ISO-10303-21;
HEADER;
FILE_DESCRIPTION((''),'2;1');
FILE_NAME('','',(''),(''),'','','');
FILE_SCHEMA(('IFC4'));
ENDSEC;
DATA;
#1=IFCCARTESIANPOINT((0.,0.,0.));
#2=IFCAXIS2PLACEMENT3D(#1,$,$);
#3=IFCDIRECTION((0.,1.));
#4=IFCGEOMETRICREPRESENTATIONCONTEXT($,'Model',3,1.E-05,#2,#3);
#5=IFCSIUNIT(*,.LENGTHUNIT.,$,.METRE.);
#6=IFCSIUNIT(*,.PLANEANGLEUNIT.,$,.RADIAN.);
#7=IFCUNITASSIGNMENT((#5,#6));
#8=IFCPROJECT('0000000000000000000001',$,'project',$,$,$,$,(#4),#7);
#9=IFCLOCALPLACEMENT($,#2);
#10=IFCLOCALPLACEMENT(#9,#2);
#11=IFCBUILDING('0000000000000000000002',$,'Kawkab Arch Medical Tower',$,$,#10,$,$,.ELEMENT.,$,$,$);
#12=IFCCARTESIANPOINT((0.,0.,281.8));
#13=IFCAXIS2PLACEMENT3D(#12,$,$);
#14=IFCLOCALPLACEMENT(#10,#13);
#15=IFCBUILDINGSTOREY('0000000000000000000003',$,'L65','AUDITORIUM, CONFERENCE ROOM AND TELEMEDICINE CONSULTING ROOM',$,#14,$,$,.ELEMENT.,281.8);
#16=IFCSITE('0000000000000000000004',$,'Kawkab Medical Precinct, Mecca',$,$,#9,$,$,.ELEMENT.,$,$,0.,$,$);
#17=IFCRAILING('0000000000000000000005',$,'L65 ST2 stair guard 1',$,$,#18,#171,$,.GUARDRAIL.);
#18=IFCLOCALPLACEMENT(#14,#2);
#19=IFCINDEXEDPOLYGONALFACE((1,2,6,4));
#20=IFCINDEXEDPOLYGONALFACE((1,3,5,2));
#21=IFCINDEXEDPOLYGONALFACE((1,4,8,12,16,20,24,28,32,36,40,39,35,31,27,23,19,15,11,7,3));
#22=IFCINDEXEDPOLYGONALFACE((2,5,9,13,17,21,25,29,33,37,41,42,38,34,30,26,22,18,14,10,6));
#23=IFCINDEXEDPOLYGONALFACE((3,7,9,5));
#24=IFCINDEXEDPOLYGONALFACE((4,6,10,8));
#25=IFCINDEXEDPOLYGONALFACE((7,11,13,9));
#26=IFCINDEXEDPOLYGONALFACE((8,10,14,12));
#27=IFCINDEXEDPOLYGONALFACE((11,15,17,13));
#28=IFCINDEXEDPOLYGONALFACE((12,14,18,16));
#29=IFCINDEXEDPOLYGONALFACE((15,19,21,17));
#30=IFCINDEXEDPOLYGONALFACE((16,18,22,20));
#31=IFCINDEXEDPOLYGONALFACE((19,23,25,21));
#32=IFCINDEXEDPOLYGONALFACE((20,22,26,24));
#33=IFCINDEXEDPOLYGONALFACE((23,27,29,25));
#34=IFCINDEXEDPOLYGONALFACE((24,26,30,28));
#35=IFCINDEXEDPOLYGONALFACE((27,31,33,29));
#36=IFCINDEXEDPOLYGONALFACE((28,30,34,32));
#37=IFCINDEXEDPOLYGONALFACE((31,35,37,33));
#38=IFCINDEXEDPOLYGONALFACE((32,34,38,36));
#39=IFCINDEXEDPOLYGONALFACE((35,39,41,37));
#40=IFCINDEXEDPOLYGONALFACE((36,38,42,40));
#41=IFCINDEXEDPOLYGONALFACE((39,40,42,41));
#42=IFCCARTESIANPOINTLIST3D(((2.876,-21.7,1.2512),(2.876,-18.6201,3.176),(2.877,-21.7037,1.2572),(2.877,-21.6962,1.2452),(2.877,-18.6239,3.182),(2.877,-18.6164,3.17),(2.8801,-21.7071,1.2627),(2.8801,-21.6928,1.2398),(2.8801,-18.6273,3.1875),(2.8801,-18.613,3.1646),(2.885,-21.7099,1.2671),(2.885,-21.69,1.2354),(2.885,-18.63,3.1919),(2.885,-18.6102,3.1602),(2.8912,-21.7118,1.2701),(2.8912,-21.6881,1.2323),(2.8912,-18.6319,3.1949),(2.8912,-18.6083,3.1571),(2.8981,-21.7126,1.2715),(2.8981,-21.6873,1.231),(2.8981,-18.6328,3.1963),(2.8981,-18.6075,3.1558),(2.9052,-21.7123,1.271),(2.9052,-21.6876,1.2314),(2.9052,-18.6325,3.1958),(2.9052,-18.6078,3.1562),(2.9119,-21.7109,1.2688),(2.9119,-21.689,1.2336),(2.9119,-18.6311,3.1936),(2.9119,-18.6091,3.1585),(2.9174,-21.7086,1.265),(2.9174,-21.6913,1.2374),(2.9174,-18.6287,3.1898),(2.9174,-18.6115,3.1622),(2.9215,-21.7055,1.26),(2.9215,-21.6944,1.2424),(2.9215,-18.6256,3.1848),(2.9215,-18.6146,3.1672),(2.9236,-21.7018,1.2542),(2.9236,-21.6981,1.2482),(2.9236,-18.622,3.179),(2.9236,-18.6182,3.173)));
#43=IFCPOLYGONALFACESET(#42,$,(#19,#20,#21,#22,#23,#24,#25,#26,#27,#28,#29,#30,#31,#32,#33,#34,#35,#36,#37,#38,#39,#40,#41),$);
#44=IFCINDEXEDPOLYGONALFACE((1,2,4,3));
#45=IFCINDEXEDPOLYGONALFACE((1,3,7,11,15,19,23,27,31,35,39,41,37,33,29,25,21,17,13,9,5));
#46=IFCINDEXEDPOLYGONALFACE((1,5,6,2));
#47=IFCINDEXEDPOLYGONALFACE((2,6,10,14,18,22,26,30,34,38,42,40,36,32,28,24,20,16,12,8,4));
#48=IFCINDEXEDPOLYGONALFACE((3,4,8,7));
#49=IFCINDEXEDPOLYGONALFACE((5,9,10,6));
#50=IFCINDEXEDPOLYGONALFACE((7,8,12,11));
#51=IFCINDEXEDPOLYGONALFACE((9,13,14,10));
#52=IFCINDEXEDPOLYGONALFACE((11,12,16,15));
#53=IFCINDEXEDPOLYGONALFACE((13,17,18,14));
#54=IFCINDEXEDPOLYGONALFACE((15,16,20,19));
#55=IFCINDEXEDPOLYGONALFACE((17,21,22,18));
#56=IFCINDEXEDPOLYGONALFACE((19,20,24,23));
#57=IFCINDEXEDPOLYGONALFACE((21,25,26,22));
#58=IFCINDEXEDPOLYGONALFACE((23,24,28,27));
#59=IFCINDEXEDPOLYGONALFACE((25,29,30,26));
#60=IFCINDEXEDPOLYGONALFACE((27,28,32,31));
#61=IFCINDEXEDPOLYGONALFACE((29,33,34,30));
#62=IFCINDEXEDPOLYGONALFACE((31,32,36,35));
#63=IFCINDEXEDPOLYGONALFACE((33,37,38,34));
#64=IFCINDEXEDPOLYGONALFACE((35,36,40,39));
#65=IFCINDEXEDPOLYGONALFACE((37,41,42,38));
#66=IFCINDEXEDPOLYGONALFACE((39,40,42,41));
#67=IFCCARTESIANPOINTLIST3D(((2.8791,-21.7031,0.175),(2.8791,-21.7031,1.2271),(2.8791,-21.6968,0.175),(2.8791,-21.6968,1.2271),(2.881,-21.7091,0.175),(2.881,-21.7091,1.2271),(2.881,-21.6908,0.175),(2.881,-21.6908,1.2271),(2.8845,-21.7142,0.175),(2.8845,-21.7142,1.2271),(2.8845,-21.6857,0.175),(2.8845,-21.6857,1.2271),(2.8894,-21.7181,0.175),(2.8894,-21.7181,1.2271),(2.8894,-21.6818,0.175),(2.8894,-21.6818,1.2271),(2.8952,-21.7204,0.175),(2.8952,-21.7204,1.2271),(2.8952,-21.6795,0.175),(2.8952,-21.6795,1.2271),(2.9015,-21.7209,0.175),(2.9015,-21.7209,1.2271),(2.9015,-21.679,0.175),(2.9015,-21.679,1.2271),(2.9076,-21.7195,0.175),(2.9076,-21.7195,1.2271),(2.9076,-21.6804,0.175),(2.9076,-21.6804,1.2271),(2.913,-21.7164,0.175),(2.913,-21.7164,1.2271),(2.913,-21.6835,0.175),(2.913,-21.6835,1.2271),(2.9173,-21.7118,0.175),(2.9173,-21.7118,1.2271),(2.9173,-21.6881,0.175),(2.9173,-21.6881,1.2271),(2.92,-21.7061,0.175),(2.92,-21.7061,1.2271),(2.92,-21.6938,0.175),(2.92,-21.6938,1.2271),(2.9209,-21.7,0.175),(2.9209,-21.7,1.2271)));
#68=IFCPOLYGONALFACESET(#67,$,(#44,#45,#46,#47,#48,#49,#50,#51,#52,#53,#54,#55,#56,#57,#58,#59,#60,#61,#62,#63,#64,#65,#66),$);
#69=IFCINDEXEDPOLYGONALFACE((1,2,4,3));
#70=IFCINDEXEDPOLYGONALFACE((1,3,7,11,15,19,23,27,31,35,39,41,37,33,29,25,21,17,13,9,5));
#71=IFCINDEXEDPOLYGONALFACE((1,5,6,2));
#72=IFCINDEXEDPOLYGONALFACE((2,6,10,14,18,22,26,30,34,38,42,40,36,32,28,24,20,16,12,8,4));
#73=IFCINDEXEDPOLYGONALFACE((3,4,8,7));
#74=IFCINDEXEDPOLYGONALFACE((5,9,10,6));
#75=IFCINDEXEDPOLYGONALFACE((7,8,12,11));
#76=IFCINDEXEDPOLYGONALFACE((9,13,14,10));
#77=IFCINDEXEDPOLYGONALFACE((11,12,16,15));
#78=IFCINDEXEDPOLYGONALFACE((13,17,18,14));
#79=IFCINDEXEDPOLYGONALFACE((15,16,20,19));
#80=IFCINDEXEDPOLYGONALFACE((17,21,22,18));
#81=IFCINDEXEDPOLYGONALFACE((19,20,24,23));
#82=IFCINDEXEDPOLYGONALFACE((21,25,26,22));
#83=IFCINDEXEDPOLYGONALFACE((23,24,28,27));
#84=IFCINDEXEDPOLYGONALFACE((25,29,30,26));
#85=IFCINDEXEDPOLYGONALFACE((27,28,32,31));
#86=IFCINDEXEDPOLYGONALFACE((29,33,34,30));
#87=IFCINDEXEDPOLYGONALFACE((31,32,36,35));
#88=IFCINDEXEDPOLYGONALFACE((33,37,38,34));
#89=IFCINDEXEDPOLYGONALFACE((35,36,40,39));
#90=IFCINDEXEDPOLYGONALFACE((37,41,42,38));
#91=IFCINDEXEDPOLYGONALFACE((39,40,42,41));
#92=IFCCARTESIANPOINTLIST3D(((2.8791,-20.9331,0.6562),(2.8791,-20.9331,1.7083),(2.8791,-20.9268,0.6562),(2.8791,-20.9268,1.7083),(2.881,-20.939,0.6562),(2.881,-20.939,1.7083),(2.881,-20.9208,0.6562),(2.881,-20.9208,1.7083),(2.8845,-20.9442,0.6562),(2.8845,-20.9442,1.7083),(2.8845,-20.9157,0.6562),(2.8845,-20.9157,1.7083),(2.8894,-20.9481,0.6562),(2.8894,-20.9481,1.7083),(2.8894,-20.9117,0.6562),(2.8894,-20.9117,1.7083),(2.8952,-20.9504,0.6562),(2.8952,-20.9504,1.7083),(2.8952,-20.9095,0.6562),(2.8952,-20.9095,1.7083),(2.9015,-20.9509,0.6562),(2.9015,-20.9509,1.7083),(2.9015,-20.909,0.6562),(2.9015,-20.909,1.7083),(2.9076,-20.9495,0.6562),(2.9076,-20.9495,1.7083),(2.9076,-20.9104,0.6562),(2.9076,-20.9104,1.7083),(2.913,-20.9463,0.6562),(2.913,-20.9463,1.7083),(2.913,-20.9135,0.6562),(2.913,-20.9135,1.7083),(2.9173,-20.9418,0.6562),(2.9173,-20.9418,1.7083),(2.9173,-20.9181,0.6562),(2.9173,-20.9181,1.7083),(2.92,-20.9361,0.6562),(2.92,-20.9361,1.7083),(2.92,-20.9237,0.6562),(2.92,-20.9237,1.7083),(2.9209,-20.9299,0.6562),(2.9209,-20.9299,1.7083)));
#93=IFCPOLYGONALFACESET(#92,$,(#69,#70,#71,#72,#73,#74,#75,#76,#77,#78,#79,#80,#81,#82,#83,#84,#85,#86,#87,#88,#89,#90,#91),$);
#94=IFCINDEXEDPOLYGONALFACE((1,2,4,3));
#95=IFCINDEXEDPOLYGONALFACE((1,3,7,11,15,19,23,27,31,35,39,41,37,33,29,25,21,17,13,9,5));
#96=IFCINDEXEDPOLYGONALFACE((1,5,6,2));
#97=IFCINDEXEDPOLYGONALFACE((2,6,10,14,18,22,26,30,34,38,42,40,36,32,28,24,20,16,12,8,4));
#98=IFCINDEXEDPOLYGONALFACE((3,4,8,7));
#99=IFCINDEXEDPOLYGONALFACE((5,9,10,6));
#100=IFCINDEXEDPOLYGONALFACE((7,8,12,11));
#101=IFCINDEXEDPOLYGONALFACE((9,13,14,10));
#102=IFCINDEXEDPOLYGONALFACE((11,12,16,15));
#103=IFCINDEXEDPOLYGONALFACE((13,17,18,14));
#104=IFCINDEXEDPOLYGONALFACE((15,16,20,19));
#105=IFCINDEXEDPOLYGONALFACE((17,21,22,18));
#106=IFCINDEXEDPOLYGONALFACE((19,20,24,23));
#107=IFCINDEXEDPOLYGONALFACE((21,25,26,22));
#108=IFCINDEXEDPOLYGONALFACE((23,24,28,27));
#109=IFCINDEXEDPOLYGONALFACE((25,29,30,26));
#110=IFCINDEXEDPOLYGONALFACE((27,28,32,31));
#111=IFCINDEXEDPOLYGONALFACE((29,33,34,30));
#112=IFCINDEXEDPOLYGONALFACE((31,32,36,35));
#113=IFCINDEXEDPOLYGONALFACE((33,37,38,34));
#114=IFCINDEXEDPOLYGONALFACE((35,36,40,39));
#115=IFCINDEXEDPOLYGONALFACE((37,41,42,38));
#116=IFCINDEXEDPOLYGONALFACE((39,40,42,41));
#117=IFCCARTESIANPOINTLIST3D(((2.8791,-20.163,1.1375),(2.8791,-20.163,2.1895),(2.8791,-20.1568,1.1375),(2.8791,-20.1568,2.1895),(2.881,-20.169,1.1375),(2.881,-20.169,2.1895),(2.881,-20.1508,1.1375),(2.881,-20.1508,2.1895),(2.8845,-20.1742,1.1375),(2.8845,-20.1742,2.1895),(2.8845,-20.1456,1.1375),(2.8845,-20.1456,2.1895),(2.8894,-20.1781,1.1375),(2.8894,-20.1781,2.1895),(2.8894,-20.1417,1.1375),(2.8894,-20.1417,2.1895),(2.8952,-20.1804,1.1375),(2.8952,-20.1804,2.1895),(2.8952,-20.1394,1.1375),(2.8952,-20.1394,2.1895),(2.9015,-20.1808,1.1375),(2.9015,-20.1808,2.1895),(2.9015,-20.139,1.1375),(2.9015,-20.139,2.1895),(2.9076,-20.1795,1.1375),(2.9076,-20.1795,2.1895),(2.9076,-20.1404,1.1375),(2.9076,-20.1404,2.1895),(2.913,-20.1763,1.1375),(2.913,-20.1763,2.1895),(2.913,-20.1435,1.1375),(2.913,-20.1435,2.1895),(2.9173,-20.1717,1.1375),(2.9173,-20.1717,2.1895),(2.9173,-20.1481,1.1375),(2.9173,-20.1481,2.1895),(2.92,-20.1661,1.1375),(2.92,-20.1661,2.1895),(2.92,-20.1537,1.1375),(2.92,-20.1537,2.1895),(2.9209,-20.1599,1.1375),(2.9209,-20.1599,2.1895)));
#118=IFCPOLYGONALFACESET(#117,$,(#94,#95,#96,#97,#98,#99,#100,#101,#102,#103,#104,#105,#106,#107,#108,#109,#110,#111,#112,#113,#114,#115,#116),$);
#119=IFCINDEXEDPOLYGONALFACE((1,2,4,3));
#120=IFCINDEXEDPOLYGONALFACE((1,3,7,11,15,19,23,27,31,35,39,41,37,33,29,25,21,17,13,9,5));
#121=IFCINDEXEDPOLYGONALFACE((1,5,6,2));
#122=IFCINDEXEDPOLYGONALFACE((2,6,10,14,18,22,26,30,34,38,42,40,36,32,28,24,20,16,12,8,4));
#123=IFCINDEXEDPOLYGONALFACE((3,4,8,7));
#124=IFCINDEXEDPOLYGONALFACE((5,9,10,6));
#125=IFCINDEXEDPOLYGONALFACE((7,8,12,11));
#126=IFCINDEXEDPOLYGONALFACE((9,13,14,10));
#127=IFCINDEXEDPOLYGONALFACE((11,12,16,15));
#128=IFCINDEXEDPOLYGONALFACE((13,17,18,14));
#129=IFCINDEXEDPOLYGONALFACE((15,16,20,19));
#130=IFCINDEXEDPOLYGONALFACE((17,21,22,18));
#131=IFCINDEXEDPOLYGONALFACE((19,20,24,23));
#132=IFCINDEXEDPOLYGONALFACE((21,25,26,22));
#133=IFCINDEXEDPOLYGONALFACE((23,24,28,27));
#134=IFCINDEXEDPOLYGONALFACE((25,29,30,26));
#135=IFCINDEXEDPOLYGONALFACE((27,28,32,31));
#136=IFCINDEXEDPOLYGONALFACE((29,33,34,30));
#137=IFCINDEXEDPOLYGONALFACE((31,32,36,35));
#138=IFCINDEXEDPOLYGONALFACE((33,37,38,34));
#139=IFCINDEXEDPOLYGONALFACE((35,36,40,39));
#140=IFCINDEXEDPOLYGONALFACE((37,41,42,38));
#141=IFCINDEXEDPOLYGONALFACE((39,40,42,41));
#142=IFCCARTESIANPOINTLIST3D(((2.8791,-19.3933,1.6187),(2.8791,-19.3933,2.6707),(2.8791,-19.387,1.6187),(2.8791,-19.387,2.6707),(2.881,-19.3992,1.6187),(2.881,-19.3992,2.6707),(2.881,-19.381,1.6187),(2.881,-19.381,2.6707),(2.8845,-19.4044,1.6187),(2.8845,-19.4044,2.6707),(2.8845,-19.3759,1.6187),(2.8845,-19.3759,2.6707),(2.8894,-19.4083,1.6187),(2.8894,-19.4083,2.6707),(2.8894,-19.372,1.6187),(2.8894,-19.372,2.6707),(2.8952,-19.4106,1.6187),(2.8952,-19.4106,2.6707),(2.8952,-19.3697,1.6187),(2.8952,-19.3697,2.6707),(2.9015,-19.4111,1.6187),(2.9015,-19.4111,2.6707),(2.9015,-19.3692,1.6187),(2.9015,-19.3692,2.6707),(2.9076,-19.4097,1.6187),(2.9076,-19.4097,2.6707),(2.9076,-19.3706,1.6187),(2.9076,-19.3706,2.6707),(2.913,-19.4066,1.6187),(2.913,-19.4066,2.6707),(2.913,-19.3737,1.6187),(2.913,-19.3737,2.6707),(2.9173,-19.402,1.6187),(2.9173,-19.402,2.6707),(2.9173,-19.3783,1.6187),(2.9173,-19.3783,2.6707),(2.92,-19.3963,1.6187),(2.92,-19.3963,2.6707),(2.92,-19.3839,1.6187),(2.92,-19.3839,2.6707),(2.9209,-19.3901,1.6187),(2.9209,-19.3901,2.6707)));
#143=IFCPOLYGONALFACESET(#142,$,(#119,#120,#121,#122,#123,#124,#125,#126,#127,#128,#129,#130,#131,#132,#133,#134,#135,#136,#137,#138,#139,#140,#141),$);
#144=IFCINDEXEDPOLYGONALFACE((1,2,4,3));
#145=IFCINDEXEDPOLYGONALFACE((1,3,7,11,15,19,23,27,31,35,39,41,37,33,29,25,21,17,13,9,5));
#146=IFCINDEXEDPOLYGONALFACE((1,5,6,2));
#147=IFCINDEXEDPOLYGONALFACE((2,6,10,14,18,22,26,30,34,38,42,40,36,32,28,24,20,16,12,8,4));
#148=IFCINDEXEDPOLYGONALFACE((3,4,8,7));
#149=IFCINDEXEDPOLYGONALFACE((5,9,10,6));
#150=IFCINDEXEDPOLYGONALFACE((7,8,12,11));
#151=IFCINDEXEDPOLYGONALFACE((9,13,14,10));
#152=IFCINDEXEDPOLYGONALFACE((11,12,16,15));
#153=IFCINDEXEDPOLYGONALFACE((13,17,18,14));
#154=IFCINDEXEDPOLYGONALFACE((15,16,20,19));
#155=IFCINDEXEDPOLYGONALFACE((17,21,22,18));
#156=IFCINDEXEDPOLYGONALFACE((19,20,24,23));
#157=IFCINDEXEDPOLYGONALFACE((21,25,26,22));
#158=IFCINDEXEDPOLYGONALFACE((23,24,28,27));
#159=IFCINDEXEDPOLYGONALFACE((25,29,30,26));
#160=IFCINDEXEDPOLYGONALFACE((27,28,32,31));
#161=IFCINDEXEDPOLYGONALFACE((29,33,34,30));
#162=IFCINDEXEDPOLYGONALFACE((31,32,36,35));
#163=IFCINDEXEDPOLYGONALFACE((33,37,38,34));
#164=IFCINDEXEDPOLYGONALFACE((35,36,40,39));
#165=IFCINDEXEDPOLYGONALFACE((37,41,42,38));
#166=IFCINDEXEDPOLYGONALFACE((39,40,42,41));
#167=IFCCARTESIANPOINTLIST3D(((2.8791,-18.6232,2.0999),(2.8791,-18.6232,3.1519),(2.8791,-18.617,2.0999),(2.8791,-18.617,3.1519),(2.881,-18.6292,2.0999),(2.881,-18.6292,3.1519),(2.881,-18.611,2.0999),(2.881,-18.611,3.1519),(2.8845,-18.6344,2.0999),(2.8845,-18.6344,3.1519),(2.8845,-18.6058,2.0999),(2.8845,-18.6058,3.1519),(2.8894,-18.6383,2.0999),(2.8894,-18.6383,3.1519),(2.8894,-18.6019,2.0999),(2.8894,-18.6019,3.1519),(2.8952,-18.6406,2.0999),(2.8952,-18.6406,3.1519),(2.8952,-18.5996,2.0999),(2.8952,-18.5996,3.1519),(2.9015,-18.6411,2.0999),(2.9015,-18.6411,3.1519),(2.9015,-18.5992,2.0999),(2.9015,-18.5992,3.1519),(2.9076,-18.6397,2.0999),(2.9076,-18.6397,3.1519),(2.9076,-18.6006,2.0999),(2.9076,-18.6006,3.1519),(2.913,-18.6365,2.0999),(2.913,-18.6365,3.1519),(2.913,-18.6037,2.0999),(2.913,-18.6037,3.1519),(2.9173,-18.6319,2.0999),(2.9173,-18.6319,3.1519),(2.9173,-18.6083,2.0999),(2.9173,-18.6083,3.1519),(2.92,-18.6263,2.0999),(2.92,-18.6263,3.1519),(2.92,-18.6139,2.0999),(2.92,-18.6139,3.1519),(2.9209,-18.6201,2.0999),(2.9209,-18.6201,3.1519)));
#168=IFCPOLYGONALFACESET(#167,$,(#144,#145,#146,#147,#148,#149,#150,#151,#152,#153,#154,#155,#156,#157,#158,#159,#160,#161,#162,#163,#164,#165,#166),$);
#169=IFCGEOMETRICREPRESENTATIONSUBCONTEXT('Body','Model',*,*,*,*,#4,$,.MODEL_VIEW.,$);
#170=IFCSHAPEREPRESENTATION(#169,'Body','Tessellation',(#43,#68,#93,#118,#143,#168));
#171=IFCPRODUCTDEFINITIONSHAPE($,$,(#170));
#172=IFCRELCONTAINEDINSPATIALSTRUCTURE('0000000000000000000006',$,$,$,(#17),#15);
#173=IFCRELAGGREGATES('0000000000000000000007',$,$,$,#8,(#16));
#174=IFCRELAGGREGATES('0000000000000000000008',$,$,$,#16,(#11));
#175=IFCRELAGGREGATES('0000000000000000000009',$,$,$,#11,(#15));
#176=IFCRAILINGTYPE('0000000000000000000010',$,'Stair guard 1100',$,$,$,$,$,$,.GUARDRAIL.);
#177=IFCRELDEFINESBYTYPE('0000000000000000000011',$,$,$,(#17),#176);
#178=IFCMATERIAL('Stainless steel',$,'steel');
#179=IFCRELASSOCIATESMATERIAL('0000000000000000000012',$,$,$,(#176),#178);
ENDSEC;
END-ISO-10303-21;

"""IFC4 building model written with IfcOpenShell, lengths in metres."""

from ifc_helpers import new_model, si_unit, direction, frame, origin, origin_2d, place, context, subcontext, project, spatial, circle, extrude, material, type_object, element, save


model = new_model("IFC4")

# Units and contexts
model_context = context("Model", 3, precision=1e-05, world=origin(), true_north=direction((0.0, 1.0)))
body_context = subcontext(model_context, "Body", "Model", "MODEL_VIEW")
ifc_project = project(units=[si_unit("LENGTHUNIT", "METRE"), si_unit("PLANEANGLEUNIT", "RADIAN")], contexts=[model_context])

# Site, building, storey
site_placement = place(None, origin())
site = spatial("IfcSite", under=ifc_project, at=site_placement, Name="Kawkab Medical Precinct, Mecca", CompositionType="ELEMENT", RefElevation=0.0)
building_placement = place(site_placement, origin())
building = spatial("IfcBuilding", under=site, at=building_placement, Name="Kawkab Arch Medical Tower", CompositionType="ELEMENT")
storey_placement = place(building_placement, frame((0.0, 0.0, 281.8)))
storey = spatial("IfcBuildingStorey", under=building, at=storey_placement, Name="L65", Description="AUDITORIUM, CONFERENCE ROOM AND TELEMEDICINE CONSULTING ROOM", CompositionType="ELEMENT", Elevation=281.8)

# Railing
ifc_material_1 = material(Name="Stainless steel", Category="steel")
railing_type = type_object("IfcRailingType", Name="Stair guard 1100", PredefinedType="GUARDRAIL", material=ifc_material_1)
railing_1_placement = place(storey_placement, frame((2.8999, -21.7, 0.175)))
element("IfcRailing", 1, at=railing_1_placement, inside=storey, type_object=railing_type, Name="L65 ST2 stair guard 1", PredefinedType="GUARDRAIL", context=body_context, shape_type="SweptSolid", body=[
    extrude(circle(Radius=0.0239, at=origin_2d()), frame((0.0, 0.0, 1.0762), z_axis=(0.0, 0.84801, 0.529981), x_axis=(-1.0, 0.0, 0.0)), (0.0, 0.0, 1.0), 3.6318),
    extrude(circle(Radius=0.021, at=origin_2d()), origin(), (0.0, 0.0, 1.0), 1.052),
    extrude(circle(Radius=0.021, at=origin_2d()), frame((0.0, 0.77, 0.4812)), (0.0, 0.0, 1.0), 1.052),
    extrude(circle(Radius=0.021, at=origin_2d()), frame((0.0, 1.54, 0.9624)), (0.0, 0.0, 1.0), 1.052),
    extrude(circle(Radius=0.021, at=origin_2d()), frame((0.0, 2.3098, 1.4436)), (0.0, 0.0, 1.0), 1.052),
    extrude(circle(Radius=0.021, at=origin_2d()), frame((0.0, 3.0798, 1.9248)), (0.0, 0.0, 1.0), 1.052),
])

save(model, "model.ifc")
